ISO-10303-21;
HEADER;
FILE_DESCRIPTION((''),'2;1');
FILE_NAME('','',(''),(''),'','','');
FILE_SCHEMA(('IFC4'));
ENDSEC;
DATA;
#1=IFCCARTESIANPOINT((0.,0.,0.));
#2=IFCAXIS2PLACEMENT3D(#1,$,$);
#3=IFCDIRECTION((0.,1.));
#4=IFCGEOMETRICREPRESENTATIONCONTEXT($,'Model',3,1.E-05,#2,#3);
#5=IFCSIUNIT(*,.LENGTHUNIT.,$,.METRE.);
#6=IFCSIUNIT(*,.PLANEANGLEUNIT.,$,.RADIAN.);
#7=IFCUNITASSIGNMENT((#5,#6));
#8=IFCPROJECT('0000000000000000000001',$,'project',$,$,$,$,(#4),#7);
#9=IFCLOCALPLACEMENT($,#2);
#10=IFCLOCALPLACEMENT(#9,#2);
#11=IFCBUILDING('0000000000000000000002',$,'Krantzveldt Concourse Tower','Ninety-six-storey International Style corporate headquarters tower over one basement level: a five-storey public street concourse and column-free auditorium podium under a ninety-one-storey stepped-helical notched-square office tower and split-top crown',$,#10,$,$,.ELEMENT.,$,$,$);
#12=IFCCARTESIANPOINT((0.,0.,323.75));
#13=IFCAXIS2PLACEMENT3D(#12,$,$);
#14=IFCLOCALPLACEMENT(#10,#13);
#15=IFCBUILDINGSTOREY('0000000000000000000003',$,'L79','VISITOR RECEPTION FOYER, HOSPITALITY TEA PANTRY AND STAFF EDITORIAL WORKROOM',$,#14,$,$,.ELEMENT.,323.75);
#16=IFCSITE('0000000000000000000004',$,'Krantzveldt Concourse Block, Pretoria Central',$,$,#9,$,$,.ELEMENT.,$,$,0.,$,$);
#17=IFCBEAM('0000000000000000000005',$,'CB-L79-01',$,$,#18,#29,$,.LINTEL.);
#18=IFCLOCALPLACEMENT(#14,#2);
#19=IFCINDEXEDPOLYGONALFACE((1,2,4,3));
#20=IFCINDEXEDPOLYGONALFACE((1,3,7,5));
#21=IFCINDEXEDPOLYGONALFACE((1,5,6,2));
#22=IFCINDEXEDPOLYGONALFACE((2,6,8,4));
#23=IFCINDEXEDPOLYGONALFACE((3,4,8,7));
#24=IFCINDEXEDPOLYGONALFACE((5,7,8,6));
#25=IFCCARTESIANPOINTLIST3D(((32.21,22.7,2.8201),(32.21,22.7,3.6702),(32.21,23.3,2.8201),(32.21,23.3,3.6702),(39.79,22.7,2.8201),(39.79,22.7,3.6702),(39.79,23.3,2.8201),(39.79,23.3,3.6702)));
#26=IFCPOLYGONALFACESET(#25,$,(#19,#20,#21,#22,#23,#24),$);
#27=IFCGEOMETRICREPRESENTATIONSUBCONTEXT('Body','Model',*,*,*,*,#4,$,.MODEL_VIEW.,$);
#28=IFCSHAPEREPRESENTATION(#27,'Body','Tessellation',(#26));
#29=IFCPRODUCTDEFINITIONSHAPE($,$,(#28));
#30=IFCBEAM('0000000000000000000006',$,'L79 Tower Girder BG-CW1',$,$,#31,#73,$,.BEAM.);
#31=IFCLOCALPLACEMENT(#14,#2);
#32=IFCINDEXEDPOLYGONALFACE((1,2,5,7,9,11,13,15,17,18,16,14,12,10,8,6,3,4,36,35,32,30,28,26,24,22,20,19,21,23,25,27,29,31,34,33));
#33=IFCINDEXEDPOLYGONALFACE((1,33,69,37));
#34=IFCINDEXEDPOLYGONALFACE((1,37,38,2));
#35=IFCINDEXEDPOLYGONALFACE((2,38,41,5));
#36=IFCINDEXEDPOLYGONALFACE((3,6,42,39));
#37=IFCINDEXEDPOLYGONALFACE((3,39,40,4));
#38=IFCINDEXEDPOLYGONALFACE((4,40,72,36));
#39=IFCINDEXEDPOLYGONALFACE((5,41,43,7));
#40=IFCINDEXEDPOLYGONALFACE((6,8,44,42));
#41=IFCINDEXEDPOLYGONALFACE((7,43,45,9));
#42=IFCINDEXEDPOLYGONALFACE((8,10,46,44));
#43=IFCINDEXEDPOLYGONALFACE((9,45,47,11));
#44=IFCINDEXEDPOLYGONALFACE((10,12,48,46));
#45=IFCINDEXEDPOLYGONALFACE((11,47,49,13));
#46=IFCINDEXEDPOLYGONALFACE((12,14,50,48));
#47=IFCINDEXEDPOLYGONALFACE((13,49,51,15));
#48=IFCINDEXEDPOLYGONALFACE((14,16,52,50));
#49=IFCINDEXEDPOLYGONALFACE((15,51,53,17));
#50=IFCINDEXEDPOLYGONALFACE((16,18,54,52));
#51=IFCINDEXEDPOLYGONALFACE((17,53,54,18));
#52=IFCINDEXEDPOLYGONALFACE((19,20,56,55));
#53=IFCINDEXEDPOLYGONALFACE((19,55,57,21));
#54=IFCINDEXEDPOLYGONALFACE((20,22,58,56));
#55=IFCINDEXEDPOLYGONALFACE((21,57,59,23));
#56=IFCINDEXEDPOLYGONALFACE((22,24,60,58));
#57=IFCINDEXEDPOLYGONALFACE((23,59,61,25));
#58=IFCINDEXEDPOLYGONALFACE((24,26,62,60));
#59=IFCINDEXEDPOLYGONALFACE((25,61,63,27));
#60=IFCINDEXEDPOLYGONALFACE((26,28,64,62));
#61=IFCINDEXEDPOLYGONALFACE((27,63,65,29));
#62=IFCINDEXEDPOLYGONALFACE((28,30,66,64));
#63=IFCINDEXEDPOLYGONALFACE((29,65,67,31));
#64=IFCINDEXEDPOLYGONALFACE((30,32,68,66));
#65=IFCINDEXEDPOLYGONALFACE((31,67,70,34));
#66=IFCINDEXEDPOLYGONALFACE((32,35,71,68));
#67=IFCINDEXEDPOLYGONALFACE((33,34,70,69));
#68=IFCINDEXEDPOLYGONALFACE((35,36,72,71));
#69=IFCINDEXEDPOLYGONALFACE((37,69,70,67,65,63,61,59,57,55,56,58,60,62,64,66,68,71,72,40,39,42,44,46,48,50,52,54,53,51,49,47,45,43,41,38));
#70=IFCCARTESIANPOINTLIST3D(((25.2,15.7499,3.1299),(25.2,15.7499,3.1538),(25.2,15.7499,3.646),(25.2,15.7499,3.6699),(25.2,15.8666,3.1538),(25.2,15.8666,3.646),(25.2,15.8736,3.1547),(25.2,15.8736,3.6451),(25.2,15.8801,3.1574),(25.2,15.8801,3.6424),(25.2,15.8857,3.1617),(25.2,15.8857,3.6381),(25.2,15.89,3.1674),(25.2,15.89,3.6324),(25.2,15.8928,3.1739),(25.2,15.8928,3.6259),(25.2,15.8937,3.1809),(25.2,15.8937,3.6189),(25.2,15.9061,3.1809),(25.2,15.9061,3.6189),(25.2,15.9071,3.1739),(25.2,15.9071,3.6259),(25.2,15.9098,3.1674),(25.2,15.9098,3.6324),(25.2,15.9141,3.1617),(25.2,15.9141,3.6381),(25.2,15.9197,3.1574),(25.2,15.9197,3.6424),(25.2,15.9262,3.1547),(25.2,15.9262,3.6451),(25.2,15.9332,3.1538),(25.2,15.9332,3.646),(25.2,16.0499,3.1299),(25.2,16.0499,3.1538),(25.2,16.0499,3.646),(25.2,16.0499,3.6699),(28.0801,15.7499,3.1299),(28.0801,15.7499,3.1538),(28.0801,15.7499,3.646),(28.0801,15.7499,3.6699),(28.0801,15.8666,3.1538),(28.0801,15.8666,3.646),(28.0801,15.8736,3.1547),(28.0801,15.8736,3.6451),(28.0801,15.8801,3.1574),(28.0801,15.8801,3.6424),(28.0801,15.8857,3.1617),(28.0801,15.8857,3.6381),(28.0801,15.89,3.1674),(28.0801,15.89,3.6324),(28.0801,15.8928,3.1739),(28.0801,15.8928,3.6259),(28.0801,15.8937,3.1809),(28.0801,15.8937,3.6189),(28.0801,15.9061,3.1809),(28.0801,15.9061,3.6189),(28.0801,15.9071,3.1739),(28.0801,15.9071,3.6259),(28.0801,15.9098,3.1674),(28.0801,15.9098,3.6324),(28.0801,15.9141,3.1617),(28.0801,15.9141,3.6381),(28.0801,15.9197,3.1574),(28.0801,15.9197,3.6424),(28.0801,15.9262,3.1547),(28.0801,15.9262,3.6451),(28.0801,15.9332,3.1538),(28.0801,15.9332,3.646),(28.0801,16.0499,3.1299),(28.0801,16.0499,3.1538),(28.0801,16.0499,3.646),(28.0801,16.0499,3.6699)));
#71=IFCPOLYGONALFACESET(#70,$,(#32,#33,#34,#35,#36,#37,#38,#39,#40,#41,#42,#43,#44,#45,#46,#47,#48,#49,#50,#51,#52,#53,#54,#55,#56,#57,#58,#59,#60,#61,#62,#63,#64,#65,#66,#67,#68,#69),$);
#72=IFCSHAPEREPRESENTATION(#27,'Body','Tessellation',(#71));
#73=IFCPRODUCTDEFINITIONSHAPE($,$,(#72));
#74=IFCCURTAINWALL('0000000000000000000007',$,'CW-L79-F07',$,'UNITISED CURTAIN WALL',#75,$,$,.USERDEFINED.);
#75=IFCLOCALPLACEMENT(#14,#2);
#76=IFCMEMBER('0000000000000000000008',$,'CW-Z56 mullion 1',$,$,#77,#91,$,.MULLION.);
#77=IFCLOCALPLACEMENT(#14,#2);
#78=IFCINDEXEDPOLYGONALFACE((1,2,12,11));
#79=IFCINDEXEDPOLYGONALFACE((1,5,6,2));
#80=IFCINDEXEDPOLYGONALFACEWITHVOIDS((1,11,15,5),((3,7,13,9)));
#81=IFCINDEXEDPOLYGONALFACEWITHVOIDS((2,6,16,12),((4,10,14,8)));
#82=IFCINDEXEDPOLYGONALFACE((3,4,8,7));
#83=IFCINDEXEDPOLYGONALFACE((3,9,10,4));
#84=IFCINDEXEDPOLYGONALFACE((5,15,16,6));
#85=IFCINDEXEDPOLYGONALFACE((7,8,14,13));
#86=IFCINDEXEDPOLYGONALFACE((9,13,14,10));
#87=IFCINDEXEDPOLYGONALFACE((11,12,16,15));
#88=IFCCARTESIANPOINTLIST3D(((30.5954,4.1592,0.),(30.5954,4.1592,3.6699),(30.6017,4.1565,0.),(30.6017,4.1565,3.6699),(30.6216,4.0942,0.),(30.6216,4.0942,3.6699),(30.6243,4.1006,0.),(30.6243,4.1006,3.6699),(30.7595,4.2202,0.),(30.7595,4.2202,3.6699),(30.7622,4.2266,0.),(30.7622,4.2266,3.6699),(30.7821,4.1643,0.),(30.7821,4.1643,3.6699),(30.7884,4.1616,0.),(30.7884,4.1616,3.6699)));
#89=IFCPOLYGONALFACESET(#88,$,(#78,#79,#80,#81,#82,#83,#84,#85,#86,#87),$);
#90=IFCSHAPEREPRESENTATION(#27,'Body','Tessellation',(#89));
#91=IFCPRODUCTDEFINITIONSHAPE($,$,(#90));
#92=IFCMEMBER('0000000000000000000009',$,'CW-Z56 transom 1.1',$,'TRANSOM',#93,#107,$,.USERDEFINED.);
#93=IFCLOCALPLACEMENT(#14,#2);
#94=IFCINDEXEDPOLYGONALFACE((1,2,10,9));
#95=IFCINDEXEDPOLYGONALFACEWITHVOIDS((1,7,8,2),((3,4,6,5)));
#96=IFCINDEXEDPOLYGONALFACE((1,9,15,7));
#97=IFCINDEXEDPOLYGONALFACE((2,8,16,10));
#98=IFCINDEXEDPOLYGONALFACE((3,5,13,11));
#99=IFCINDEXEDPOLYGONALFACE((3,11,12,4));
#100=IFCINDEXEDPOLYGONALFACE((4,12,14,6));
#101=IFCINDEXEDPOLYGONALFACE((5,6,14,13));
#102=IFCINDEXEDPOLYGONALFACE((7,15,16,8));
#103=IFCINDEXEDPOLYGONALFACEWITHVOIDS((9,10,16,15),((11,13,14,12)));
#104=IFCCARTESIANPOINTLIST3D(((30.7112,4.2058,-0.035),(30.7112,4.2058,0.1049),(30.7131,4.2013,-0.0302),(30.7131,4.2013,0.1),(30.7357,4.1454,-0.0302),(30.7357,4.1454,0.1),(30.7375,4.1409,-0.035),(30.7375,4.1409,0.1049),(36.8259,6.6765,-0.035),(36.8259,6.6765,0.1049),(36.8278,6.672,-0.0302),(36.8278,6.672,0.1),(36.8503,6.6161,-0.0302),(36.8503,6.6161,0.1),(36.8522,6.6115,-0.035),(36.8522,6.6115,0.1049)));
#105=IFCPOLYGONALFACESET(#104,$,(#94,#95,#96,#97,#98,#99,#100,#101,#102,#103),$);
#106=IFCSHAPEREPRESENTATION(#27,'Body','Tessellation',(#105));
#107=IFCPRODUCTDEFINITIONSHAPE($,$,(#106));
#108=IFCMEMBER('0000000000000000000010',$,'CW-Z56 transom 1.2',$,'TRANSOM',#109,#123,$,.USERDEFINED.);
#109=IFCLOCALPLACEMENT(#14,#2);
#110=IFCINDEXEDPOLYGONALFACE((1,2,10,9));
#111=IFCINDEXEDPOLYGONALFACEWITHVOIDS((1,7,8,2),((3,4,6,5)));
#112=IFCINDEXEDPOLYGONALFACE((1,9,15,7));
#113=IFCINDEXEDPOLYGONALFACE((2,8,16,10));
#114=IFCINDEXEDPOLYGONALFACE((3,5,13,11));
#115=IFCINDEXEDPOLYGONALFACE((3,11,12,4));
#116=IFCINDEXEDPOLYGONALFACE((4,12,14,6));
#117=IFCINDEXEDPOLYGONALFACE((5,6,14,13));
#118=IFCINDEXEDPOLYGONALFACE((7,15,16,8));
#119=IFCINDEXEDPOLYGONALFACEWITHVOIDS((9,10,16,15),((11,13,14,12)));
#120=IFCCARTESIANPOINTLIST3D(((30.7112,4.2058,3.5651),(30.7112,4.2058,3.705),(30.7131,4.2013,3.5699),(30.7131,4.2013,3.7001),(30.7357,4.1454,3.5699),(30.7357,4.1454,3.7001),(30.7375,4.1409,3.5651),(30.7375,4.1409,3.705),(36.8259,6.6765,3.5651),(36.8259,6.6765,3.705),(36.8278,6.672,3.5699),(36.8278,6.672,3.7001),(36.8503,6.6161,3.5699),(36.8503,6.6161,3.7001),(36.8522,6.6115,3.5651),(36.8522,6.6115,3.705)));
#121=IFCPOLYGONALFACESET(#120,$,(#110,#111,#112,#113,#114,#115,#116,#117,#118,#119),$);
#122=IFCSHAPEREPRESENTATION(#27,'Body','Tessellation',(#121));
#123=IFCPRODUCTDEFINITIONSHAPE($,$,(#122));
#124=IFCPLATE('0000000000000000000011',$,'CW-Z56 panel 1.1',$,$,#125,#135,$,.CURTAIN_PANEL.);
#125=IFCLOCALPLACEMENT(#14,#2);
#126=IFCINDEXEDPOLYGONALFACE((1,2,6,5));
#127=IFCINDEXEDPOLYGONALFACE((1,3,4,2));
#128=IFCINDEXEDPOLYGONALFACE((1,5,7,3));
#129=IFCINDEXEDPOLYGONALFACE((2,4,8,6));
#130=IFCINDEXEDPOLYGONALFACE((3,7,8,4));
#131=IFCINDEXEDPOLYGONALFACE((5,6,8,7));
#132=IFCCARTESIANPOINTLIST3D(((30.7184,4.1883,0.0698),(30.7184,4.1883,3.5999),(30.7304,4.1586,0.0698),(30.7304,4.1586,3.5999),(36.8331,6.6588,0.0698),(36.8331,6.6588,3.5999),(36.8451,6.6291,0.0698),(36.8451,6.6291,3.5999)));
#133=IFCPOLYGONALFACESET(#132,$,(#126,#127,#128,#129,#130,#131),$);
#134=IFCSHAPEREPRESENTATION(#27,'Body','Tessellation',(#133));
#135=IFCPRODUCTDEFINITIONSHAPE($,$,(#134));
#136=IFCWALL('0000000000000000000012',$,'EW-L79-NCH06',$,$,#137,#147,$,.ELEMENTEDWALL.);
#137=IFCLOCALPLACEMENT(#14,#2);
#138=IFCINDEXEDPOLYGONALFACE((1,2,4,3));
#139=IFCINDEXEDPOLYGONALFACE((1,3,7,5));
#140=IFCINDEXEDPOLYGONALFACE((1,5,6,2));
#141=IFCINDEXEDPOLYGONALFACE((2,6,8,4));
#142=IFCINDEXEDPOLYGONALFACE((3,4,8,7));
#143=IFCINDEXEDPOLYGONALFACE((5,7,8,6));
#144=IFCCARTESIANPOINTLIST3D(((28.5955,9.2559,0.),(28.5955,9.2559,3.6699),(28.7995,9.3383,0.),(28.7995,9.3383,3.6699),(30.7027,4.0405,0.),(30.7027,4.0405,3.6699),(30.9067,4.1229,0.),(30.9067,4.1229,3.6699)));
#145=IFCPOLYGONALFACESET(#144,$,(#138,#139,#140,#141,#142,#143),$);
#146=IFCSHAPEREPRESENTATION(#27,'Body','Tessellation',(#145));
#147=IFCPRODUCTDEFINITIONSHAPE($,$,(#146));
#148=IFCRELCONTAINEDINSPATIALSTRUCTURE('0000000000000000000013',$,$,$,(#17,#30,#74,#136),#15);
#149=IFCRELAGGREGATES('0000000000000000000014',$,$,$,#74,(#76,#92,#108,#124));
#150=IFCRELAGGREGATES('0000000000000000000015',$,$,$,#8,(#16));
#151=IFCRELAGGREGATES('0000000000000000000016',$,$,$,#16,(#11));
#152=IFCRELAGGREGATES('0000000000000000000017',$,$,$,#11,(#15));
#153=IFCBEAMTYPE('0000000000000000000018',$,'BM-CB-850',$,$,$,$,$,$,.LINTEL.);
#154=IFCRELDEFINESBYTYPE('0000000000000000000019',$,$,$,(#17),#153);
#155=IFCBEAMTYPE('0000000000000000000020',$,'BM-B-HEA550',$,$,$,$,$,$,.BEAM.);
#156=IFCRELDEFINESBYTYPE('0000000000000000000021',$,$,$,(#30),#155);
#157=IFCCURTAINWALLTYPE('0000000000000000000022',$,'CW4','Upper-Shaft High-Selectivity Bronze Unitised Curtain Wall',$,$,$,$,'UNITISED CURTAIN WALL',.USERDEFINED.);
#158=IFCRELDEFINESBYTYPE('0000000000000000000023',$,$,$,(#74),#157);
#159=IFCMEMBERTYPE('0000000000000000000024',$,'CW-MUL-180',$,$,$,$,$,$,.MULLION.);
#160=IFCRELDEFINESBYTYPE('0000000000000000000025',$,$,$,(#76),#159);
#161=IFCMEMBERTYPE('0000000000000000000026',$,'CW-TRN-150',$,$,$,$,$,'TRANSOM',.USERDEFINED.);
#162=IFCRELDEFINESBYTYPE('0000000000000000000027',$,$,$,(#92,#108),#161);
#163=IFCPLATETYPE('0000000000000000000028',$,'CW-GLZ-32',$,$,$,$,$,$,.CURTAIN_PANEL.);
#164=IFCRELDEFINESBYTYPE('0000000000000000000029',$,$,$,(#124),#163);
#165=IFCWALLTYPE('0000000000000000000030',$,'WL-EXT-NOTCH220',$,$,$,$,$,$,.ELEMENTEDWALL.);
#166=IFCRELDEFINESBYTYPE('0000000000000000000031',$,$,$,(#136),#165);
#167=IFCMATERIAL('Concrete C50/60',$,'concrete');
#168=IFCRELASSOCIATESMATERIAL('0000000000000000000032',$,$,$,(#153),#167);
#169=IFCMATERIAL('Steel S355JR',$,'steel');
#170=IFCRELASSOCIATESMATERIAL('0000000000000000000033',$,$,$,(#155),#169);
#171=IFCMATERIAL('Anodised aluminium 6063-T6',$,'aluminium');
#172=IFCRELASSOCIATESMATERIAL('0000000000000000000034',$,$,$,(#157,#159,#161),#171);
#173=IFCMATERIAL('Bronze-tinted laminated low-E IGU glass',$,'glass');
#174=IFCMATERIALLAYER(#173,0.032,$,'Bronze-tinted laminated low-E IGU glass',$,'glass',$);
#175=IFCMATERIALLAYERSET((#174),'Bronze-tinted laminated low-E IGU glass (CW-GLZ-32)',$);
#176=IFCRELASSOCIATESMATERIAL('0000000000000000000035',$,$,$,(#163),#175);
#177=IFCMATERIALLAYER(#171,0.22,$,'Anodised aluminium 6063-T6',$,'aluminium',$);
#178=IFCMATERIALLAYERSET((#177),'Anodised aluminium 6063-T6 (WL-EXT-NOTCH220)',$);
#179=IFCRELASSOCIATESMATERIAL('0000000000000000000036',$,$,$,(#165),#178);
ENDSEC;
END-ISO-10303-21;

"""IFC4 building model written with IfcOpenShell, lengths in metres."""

from ifc_helpers import new_model, si_unit, direction, frame, frame_2d, origin, origin_2d, place, context, subcontext, project, spatial, rectangle, hollow_rectangle, i_section, extrude, source, transform, mapped, material, layer, layer_set, material_profile, profile_set, type_object, type_shapes, element, aggregate, save


model = new_model("IFC4")

# Units and contexts
model_context = context("Model", 3, precision=1e-05, world=origin(), true_north=direction((0.0, 1.0)))
body_context = subcontext(model_context, "Body", "Model", "MODEL_VIEW")
ifc_project = project(units=[si_unit("LENGTHUNIT", "METRE"), si_unit("PLANEANGLEUNIT", "RADIAN")], contexts=[model_context])

# Site, building, storey
site_placement = place(None, origin())
site = spatial("IfcSite", under=ifc_project, at=site_placement, Name="Krantzveldt Concourse Block, Pretoria Central", CompositionType="ELEMENT", RefElevation=0.0)
building_placement = place(site_placement, origin())
building = spatial("IfcBuilding", under=site, at=building_placement, Name="Krantzveldt Concourse Tower", Description="Ninety-six-storey International Style corporate headquarters tower over one basement level: a five-storey public street concourse and column-free auditorium podium under a ninety-one-storey stepped-helical notched-square office tower and split-top crown", CompositionType="ELEMENT")
storey_placement = place(building_placement, frame((0.0, 0.0, 323.75)))
storey = spatial("IfcBuildingStorey", under=building, at=storey_placement, Name="L79", Description="VISITOR RECEPTION FOYER, HOSPITALITY TEA PANTRY AND STAFF EDITORIAL WORKROOM", CompositionType="ELEMENT", Elevation=323.75)

# Beams
ifc_material_1 = material(Name="Concrete C50/60", Category="concrete")
ifc_material_profile_1 = material_profile(ifc_material_1, rectangle(XDim=0.6001, YDim=0.8501, at=origin_2d()), Name="Concrete C50/60", Category="concrete")
ifc_profile_set_1 = profile_set([ifc_material_profile_1], Name="Concrete C50/60 - RC-CB 600x850")
beam_type_1 = type_object("IfcBeamType", Name="BM-CB-850", PredefinedType="LINTEL", material=ifc_profile_set_1)
shared_shape_1 = source(origin(), body_context, "Body", "SweptSolid", [
    extrude(rectangle(XDim=0.6001, YDim=0.8501, at=origin_2d()), origin(), (0.0, 0.0, 1.0), 7.5801),
])
type_shapes(beam_type_1, [shared_shape_1])
beam_1_placement = place(storey_placement, frame((32.21, 23.0, 3.2451), z_axis=(1.0, 0.0, 0.0), x_axis=(0.0, 1.0, 0.0)))
element("IfcBeam", 1, at=beam_1_placement, inside=storey, type_object=beam_type_1, Name="CB-L79-01", PredefinedType="LINTEL", context=body_context, shape_type="MappedRepresentation", body=[
    mapped(shared_shape_1, transform((0.0, 0.0, 0.0), x_axis=(1.0, 0.0, 0.0), y_axis=(0.0, 1.0, 0.0), z_axis=(0.0, 0.0, 1.0), scale=1.0)),
])
ifc_material_2 = material(Name="Steel S355JR", Category="steel")
ifc_material_profile_2 = material_profile(ifc_material_2, i_section(OverallWidth=0.3, OverallDepth=0.54, WebThickness=0.0125, FlangeThickness=0.0239, FilletRadius=0.0271, at=origin_2d()), Name="Steel S355JR", Category="steel")
ifc_profile_set_2 = profile_set([ifc_material_profile_2], Name="Steel S355JR - HEA 550")
beam_type_2 = type_object("IfcBeamType", Name="BM-B-HEA550", PredefinedType="BEAM", material=ifc_profile_set_2)
shared_shape_2 = source(origin(), body_context, "Body", "SweptSolid", [
    extrude(i_section(OverallWidth=0.3, OverallDepth=0.54, WebThickness=0.0125, FlangeThickness=0.0239, FilletRadius=0.0271, at=origin_2d()), origin(), (0.0, 0.0, 1.0), 2.8801),
])
type_shapes(beam_type_2, [shared_shape_2])
beam_2_placement = place(storey_placement, frame((25.2, 15.8999, 3.3999), z_axis=(1.0, 0.0, 0.0), x_axis=(0.0, 1.0, 0.0)))
element("IfcBeam", 2, at=beam_2_placement, inside=storey, type_object=beam_type_2, Name="L79 Tower Girder BG-CW1", PredefinedType="BEAM", context=body_context, shape_type="MappedRepresentation", body=[
    mapped(shared_shape_2, transform((0.0, 0.0, 0.0), x_axis=(1.0, 0.0, 0.0), y_axis=(0.0, 1.0, 0.0), z_axis=(0.0, 0.0, 1.0), scale=1.0)),
])

# Curtain wall, members, plate
ifc_material_3 = material(Name="Anodised aluminium 6063-T6", Category="aluminium")
curtain_wall_type = type_object("IfcCurtainWallType", Name="CW4", Description="Upper-Shaft High-Selectivity Bronze Unitised Curtain Wall", ElementType="UNITISED CURTAIN WALL", PredefinedType="USERDEFINED", material=ifc_material_3)
curtain_wall_placement = place(storey_placement, origin())
curtain_wall = element("IfcCurtainWall", 3, at=curtain_wall_placement, inside=storey, type_object=curtain_wall_type, Name="CW-L79-F07", ObjectType="UNITISED CURTAIN WALL", PredefinedType="USERDEFINED")
ifc_material_profile_3 = material_profile(ifc_material_3, hollow_rectangle(XDim=0.0701, YDim=0.1799, WallThickness=0.0049, at=origin_2d()), Name="Anodised aluminium 6063-T6", Category="aluminium")
ifc_profile_set_3 = profile_set([ifc_material_profile_3], Name="Anodised aluminium 6063-T6 - ALU-MULL 180x70x5")
member_type_1 = type_object("IfcMemberType", Name="CW-MUL-180", PredefinedType="MULLION", material=ifc_profile_set_3)
shared_shape_3 = source(origin(), body_context, "Body", "SweptSolid", [
    extrude(hollow_rectangle(XDim=0.0701, YDim=0.1799, WallThickness=0.0049, at=origin_2d()), origin(), (0.0, 0.0, 1.0), 3.6699),
])
type_shapes(member_type_1, [shared_shape_3])
member_1_placement = place(storey_placement, frame((30.6919, 4.1604, 0.0), z_axis=(0.0, 0.0, 1.0), x_axis=(-0.374607, 0.927184, 0.0)))
member_1 = element("IfcMember", 4, at=member_1_placement, type_object=member_type_1, Name="CW-Z56 mullion 1", PredefinedType="MULLION", context=body_context, shape_type="MappedRepresentation", body=[
    mapped(shared_shape_3, transform((0.0, 0.0, 0.0), x_axis=(1.0, 0.0, 0.0), y_axis=(0.0, 1.0, 0.0), z_axis=(0.0, 0.0, 1.0), scale=1.0)),
])
ifc_material_profile_4 = material_profile(ifc_material_3, hollow_rectangle(XDim=0.0701, YDim=0.1399, WallThickness=0.0049, at=origin_2d()), Name="Anodised aluminium 6063-T6", Category="aluminium")
ifc_profile_set_4 = profile_set([ifc_material_profile_4], Name="Anodised aluminium 6063-T6 - ALU-TRAN 140x70x5")
member_type_2 = type_object("IfcMemberType", Name="CW-TRN-150", ElementType="TRANSOM", PredefinedType="USERDEFINED", material=ifc_profile_set_4)
shared_shape_4 = source(origin(), body_context, "Body", "SweptSolid", [
    extrude(hollow_rectangle(XDim=0.0701, YDim=0.1399, WallThickness=0.0049, at=origin_2d()), origin(), (0.0, 0.0, 1.0), 6.595),
])
type_shapes(member_type_2, [shared_shape_4])
member_2_placement = place(storey_placement, frame((30.7244, 4.1733, 0.0349), z_axis=(0.927174, 0.374631, 0.0), x_axis=(-0.374631, 0.927174, 0.0)))
member_2 = element("IfcMember", 5, at=member_2_placement, type_object=member_type_2, Name="CW-Z56 transom 1.1", ObjectType="TRANSOM", PredefinedType="USERDEFINED", context=body_context, shape_type="MappedRepresentation", body=[
    mapped(shared_shape_4, transform((0.0, 0.0, 0.0), x_axis=(1.0, 0.0, 0.0), y_axis=(0.0, 1.0, 0.0), z_axis=(0.0, 0.0, 1.0), scale=1.0)),
])
member_3_placement = place(storey_placement, frame((30.7244, 4.1733, 3.635), z_axis=(0.927174, 0.374631, 0.0), x_axis=(-0.374631, 0.927174, 0.0)))
member_3 = element("IfcMember", 6, at=member_3_placement, type_object=member_type_2, Name="CW-Z56 transom 1.2", ObjectType="TRANSOM", PredefinedType="USERDEFINED", context=body_context, shape_type="MappedRepresentation", body=[
    mapped(shared_shape_4, transform((0.0, 0.0, 0.0), x_axis=(1.0, 0.0, 0.0), y_axis=(0.0, 1.0, 0.0), z_axis=(0.0, 0.0, 1.0), scale=1.0)),
])
ifc_material_4 = material(Name="Bronze-tinted laminated low-E IGU glass", Category="glass")
ifc_layer_1 = layer(ifc_material_4, 0.032, Name="Bronze-tinted laminated low-E IGU glass", Category="glass")
ifc_layer_set_1 = layer_set([ifc_layer_1], Name="Bronze-tinted laminated low-E IGU glass (CW-GLZ-32)")
plate_type = type_object("IfcPlateType", Name="CW-GLZ-32", PredefinedType="CURTAIN_PANEL", material=ifc_layer_set_1)
shared_shape_5 = source(origin(), body_context, "Body", "SweptSolid", [
    extrude(rectangle(XDim=6.595, YDim=0.032, at=origin_2d()), origin(), (0.0, 0.0, 1.0), 3.53),
])
type_shapes(plate_type, [shared_shape_5])
plate_placement = place(storey_placement, frame((33.7817, 5.4087, 0.0698), z_axis=(0.0, 0.0, 1.0), x_axis=(0.927184, 0.374607, 0.0)))
plate = element("IfcPlate", 7, at=plate_placement, type_object=plate_type, Name="CW-Z56 panel 1.1", PredefinedType="CURTAIN_PANEL", context=body_context, shape_type="MappedRepresentation", body=[
    mapped(shared_shape_5, transform((0.0, 0.0, 0.0), x_axis=(1.0, 0.0, 0.0), y_axis=(0.0, 1.0, 0.0), z_axis=(0.0, 0.0, 1.0), scale=1.0)),
])
aggregate(curtain_wall, [member_1, member_2, member_3, plate])

# Wall
ifc_layer_2 = layer(ifc_material_3, 0.22, Name="Anodised aluminium 6063-T6", Category="aluminium")
ifc_layer_set_2 = layer_set([ifc_layer_2], Name="Anodised aluminium 6063-T6 (WL-EXT-NOTCH220)")
wall_type_1 = type_object("IfcWallType", Name="WL-EXT-NOTCH220", PredefinedType="ELEMENTEDWALL", material=ifc_layer_set_2)
wall_1_placement = place(storey_placement, frame((28.6975, 9.2971, 0.0), z_axis=(0.0, 0.0, 1.0), x_axis=(0.374614, -0.927181, 0.0)))
element("IfcWall", 8, at=wall_1_placement, inside=storey, type_object=wall_type_1, Name="EW-L79-NCH06", PredefinedType="ELEMENTEDWALL", context=body_context, shape_type="SweptSolid", body=[
    extrude(rectangle(XDim=5.625, YDim=0.22, at=frame_2d((2.8125, 0.0))), origin(), (0.0, 0.0, 1.0), 3.6699),
])

save(model, "model.ifc")
